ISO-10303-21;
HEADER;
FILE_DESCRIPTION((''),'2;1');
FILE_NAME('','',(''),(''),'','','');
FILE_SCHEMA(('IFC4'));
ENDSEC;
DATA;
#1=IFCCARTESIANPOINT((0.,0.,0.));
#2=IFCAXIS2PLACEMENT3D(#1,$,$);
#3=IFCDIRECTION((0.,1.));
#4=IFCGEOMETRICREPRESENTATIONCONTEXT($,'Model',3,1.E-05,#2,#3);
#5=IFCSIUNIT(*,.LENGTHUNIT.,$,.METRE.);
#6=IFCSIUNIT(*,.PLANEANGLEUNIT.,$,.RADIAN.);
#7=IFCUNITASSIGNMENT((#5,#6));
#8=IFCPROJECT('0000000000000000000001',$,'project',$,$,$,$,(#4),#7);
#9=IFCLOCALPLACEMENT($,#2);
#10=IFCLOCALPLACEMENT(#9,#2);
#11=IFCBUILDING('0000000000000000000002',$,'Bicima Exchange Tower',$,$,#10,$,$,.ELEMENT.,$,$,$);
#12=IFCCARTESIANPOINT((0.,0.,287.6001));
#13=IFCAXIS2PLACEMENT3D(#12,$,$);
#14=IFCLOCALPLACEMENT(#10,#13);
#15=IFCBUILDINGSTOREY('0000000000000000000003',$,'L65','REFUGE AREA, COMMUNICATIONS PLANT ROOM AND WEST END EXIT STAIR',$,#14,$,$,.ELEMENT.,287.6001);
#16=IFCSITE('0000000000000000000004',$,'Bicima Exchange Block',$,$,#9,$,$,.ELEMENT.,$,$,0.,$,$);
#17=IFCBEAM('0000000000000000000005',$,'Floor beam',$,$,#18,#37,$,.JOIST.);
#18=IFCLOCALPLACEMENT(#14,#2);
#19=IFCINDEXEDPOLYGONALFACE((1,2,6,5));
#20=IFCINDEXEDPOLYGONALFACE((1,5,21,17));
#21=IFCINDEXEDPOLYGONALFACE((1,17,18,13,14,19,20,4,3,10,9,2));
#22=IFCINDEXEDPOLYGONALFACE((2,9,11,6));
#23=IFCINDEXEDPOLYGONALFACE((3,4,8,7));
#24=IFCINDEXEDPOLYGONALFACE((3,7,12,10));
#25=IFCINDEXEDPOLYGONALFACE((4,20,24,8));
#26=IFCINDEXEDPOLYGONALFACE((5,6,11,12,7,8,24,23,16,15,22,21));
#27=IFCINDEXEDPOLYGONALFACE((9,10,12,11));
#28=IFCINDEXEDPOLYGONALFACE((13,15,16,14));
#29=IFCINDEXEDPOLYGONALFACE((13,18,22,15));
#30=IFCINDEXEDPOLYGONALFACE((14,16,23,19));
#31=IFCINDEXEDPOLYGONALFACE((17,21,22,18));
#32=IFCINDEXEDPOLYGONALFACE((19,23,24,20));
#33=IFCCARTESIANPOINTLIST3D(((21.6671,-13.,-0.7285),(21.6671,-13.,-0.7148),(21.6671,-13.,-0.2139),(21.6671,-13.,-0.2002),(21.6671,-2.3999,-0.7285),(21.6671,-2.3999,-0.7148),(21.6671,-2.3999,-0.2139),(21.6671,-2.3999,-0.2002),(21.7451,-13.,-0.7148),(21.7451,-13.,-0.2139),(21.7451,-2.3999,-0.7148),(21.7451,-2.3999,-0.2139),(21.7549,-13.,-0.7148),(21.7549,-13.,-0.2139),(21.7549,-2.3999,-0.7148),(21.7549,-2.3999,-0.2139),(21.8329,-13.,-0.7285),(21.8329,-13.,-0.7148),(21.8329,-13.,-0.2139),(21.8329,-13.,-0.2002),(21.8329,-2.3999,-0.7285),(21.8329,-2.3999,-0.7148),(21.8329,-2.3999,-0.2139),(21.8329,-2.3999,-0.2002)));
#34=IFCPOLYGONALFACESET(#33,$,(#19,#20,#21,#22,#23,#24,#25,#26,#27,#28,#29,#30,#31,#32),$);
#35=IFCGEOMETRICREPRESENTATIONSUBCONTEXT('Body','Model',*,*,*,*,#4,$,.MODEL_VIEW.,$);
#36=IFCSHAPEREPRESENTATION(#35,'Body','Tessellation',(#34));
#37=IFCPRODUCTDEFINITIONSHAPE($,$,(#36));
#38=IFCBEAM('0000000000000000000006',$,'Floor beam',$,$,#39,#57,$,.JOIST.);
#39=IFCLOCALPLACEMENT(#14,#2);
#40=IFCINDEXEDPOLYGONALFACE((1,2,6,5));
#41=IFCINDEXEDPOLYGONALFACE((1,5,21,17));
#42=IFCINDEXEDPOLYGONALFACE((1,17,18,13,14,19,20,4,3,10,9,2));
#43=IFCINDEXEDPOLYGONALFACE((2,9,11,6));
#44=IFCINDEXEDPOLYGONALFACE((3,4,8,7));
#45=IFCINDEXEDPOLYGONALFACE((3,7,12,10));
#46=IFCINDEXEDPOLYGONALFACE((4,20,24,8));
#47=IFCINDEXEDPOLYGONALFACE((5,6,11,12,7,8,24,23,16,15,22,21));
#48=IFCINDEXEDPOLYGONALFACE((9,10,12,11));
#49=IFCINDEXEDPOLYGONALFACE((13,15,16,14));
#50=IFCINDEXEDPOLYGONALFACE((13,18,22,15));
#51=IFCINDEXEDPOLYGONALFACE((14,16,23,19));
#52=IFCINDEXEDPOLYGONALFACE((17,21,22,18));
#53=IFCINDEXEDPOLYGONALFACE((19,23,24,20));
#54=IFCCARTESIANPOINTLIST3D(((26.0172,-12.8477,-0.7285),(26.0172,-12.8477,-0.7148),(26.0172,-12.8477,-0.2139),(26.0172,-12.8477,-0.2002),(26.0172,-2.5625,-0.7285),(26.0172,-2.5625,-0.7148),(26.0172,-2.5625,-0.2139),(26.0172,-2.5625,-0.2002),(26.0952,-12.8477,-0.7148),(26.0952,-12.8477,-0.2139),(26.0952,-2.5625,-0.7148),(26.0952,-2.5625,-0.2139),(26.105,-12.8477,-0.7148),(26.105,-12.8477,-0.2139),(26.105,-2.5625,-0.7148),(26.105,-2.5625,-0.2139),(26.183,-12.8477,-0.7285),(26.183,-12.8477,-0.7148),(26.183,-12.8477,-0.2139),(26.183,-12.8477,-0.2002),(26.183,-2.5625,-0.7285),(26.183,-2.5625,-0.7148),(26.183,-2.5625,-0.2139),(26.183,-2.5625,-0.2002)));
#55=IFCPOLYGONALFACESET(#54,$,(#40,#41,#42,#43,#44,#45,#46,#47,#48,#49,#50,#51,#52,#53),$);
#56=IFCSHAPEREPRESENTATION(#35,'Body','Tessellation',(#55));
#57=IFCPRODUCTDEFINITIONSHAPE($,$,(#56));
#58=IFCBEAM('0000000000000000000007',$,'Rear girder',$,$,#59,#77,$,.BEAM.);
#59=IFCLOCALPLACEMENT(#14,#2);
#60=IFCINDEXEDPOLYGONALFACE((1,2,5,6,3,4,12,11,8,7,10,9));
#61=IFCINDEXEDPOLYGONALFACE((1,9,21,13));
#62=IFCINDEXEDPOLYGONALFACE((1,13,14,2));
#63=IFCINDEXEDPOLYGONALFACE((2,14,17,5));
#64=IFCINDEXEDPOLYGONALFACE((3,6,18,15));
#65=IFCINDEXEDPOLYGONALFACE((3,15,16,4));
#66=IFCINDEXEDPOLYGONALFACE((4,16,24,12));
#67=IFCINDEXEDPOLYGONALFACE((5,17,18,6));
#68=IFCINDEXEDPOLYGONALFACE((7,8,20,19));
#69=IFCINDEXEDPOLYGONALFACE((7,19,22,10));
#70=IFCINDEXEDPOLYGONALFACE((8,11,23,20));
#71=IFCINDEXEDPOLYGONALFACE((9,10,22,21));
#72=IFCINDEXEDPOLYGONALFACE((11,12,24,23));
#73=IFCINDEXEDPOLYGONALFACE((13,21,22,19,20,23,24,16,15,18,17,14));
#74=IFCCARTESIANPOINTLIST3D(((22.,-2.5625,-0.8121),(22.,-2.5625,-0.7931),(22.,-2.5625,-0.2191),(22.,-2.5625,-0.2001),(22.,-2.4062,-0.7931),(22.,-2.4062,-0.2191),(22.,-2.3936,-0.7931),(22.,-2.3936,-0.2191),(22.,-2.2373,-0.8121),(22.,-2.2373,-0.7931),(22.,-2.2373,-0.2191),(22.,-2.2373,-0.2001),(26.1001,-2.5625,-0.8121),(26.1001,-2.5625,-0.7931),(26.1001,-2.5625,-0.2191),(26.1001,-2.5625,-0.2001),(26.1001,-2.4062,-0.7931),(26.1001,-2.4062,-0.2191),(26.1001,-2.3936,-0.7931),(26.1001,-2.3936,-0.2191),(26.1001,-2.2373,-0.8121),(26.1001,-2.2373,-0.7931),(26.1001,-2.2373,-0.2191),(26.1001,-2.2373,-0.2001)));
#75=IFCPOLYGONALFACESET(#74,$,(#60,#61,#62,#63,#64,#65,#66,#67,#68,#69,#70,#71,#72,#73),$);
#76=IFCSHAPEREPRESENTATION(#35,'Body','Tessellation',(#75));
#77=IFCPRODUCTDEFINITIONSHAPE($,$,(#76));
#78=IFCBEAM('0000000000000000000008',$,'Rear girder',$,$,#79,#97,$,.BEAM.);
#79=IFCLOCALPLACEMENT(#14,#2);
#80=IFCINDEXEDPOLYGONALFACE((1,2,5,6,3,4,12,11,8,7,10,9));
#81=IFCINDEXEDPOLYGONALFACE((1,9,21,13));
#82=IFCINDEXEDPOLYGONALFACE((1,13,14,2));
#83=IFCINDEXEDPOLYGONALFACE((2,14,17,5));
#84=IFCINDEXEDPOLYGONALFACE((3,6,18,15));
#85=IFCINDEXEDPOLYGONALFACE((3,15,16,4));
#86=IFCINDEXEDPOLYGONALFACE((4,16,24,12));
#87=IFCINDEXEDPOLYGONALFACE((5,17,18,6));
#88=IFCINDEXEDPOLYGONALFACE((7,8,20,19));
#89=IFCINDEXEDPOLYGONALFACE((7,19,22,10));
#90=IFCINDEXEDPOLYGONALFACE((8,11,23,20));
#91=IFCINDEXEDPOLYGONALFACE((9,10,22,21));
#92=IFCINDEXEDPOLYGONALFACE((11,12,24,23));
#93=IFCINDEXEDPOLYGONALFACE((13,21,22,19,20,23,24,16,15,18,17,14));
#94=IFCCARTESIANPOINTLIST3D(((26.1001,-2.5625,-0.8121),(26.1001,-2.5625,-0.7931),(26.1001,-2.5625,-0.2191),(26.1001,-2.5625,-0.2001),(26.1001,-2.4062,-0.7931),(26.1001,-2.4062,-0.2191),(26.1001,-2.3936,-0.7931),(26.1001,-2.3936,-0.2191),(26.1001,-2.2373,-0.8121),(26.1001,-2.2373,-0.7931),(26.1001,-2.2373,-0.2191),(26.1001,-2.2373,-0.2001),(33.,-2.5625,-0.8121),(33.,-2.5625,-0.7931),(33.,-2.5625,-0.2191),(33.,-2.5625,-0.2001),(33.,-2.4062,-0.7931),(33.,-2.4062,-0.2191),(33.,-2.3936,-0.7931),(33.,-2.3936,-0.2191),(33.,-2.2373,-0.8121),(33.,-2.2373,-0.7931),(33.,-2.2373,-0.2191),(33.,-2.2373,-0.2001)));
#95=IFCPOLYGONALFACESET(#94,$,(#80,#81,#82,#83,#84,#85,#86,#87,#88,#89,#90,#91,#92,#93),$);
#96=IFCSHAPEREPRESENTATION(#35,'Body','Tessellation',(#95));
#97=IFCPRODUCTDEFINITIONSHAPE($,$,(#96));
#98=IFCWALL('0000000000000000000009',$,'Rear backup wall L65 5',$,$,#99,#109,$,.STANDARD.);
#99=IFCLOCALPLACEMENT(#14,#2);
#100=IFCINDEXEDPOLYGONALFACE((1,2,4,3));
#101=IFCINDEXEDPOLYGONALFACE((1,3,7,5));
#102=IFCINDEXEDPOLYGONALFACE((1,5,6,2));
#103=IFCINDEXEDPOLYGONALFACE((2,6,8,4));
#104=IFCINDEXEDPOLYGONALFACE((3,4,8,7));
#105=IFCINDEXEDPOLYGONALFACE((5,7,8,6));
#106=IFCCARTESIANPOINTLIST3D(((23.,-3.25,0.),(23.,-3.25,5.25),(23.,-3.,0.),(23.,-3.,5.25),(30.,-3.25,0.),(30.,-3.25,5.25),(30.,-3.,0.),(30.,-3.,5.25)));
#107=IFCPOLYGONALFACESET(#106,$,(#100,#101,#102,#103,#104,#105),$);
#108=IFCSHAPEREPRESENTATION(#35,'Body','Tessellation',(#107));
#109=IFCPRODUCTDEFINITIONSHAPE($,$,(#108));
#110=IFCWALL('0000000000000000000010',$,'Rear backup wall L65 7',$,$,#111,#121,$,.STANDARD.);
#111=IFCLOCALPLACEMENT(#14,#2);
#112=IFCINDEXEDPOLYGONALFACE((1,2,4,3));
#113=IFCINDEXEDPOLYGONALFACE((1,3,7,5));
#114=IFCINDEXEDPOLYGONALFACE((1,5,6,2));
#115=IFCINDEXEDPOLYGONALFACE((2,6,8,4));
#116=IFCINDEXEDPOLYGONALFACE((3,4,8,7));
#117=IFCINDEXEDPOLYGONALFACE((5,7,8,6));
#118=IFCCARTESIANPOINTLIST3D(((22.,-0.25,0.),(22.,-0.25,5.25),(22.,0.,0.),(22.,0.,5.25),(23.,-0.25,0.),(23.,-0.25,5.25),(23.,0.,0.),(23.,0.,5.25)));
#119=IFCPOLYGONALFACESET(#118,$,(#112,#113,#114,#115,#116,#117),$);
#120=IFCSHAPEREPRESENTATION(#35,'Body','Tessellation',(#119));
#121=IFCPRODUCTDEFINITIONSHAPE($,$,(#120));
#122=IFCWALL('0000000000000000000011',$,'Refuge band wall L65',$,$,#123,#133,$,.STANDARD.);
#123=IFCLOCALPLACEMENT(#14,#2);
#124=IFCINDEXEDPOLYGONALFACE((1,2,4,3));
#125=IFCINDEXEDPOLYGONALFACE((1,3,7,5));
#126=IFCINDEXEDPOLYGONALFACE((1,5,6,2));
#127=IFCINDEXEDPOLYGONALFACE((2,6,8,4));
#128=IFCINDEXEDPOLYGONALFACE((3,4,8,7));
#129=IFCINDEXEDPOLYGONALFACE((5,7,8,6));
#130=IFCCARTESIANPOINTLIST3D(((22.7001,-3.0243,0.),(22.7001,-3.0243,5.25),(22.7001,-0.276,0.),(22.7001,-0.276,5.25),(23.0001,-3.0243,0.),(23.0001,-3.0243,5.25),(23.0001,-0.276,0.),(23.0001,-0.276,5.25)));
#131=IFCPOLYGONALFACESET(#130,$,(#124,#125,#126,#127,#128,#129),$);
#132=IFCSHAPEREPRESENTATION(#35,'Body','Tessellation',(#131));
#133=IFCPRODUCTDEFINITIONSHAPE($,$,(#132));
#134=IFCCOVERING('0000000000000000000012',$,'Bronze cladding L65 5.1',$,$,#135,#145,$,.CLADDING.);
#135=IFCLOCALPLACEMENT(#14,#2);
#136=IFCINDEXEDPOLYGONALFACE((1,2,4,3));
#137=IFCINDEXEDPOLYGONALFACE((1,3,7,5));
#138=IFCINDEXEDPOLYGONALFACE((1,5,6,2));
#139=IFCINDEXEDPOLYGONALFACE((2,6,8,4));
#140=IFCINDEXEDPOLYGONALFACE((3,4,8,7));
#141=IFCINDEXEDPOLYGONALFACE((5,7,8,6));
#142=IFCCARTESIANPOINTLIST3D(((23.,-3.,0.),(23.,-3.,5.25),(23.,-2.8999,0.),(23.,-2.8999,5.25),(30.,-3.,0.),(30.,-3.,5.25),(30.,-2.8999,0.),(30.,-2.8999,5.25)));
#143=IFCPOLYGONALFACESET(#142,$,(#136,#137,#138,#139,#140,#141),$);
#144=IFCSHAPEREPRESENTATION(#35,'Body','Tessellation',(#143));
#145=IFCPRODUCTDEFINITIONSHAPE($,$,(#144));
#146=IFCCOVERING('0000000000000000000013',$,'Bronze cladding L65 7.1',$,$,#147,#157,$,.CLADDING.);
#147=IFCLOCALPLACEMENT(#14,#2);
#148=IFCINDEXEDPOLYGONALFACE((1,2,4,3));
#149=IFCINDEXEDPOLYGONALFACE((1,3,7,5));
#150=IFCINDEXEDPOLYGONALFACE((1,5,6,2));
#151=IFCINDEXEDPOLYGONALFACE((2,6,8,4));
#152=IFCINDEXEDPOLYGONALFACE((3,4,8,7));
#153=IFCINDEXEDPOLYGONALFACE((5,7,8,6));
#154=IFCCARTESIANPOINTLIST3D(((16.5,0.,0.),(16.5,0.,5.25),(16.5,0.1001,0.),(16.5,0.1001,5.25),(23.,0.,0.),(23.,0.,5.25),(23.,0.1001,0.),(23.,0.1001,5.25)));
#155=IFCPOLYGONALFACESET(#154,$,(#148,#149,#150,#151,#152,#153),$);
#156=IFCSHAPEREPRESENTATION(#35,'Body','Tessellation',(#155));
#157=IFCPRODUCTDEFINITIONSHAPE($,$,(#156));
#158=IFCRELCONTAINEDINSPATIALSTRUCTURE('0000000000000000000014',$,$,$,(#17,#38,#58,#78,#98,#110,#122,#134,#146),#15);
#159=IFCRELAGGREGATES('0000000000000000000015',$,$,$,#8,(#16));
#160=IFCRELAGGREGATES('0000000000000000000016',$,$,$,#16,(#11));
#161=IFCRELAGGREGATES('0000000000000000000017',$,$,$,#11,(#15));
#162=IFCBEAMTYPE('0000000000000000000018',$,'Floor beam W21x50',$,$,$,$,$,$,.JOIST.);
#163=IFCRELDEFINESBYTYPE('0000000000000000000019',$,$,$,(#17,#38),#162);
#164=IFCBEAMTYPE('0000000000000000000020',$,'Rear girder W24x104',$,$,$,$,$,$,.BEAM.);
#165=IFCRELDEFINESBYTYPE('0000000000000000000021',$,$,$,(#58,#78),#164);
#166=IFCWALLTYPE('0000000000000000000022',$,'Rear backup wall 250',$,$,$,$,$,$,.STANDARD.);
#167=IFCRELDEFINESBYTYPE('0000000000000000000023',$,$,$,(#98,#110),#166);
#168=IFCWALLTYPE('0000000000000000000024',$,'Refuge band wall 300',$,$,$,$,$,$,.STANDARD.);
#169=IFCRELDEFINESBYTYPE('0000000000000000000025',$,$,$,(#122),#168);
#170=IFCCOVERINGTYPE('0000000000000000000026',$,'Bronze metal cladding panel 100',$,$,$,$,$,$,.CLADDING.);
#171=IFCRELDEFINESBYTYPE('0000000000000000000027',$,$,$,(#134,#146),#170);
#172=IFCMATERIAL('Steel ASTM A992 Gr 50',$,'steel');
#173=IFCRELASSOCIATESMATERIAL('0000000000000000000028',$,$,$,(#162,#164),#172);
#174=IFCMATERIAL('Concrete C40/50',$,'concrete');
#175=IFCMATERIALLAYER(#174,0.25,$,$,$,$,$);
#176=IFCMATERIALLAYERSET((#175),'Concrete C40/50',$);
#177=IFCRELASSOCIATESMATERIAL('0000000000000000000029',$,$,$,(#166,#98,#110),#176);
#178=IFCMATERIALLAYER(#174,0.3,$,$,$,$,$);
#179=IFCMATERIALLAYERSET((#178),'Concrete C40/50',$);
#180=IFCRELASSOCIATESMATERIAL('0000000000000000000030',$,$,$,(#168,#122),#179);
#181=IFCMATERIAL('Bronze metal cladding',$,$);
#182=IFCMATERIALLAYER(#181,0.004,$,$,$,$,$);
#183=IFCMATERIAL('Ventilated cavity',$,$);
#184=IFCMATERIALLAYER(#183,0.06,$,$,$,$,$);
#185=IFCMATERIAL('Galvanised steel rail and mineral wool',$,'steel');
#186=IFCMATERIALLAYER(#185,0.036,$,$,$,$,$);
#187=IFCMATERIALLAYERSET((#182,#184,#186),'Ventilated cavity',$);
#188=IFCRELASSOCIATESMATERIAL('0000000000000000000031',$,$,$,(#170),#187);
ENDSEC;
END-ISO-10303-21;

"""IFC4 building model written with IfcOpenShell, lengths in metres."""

from ifc_helpers import new_model, si_unit, direction, frame, frame_2d, origin, origin_2d, place, context, subcontext, project, spatial, rectangle, i_section, extrude, material, layer, layer_set, layer_usage, material_profile, profile_set, type_object, element, save


model = new_model("IFC4")

# Units and contexts
model_context = context("Model", 3, precision=1e-05, world=origin(), true_north=direction((0.0, 1.0)))
body_context = subcontext(model_context, "Body", "Model", "MODEL_VIEW")
ifc_project = project(units=[si_unit("LENGTHUNIT", "METRE"), si_unit("PLANEANGLEUNIT", "RADIAN")], contexts=[model_context])

# Site, building, storey
site_placement = place(None, origin())
site = spatial("IfcSite", under=ifc_project, at=site_placement, Name="Bicima Exchange Block", CompositionType="ELEMENT", RefElevation=0.0)
building_placement = place(site_placement, origin())
building = spatial("IfcBuilding", under=site, at=building_placement, Name="Bicima Exchange Tower", CompositionType="ELEMENT")
storey_placement = place(building_placement, frame((0.0, 0.0, 287.6001)))
storey = spatial("IfcBuildingStorey", under=building, at=storey_placement, Name="L65", Description="REFUGE AREA, COMMUNICATIONS PLANT ROOM AND WEST END EXIT STAIR", CompositionType="ELEMENT", Elevation=287.6001)

# Shared definitions
ifc_material_1 = material(Name="Steel ASTM A992 Gr 50", Category="steel")

# Beams
ifc_material_profile_1 = material_profile(ifc_material_1, i_section(OverallWidth=0.1658, OverallDepth=0.5283, WebThickness=0.0098, FlangeThickness=0.0137, at=origin_2d()))
ifc_profile_set_1 = profile_set([ifc_material_profile_1], Name="Steel ASTM A992 Gr 50")
beam_type_1 = type_object("IfcBeamType", Name="Floor beam W21x50", PredefinedType="JOIST", material=ifc_profile_set_1)
beam_1_placement = place(storey_placement, frame((21.75, -2.3999, -0.4644), z_axis=(0.0, -1.0, 0.0), x_axis=(1.0, 0.0, 0.0)))
element("IfcBeam", 1, at=beam_1_placement, inside=storey, type_object=beam_type_1, Name="Floor beam", PredefinedType="JOIST", context=body_context, shape_type="SweptSolid", body=[
    extrude(i_section(OverallWidth=0.1658, OverallDepth=0.5283, WebThickness=0.0098, FlangeThickness=0.0137, at=origin_2d()), origin(), (0.0, 0.0, 1.0), 10.6001),
])
beam_2_placement = place(storey_placement, frame((26.1001, -2.5625, -0.4644), z_axis=(0.0, -1.0, 0.0), x_axis=(1.0, 0.0, 0.0)))
element("IfcBeam", 2, at=beam_2_placement, inside=storey, type_object=beam_type_1, Name="Floor beam", PredefinedType="JOIST", context=body_context, shape_type="SweptSolid", body=[
    extrude(i_section(OverallWidth=0.1658, OverallDepth=0.5283, WebThickness=0.0098, FlangeThickness=0.0137, at=origin_2d()), origin(), (0.0, 0.0, 1.0), 10.2852),
])
ifc_material_profile_2 = material_profile(ifc_material_1, i_section(OverallWidth=0.3252, OverallDepth=0.6121, WebThickness=0.0127, FlangeThickness=0.019, at=origin_2d()))
ifc_profile_set_2 = profile_set([ifc_material_profile_2], Name="Steel ASTM A992 Gr 50")
beam_type_2 = type_object("IfcBeamType", Name="Rear girder W24x104", PredefinedType="BEAM", material=ifc_profile_set_2)
beam_3_placement = place(storey_placement, frame((22.0, -2.3999, -0.5061), z_axis=(1.0, 0.0, 0.0), x_axis=(0.0, 1.0, 0.0)))
element("IfcBeam", 3, at=beam_3_placement, inside=storey, type_object=beam_type_2, Name="Rear girder", PredefinedType="BEAM", context=body_context, shape_type="SweptSolid", body=[
    extrude(i_section(OverallWidth=0.3252, OverallDepth=0.6121, WebThickness=0.0127, FlangeThickness=0.019, at=origin_2d()), origin(), (0.0, 0.0, 1.0), 4.1001),
])
beam_4_placement = place(storey_placement, frame((26.1001, -2.3999, -0.5061), z_axis=(1.0, 0.0, 0.0), x_axis=(0.0, 1.0, 0.0)))
element("IfcBeam", 4, at=beam_4_placement, inside=storey, type_object=beam_type_2, Name="Rear girder", PredefinedType="BEAM", context=body_context, shape_type="SweptSolid", body=[
    extrude(i_section(OverallWidth=0.3252, OverallDepth=0.6121, WebThickness=0.0127, FlangeThickness=0.019, at=origin_2d()), origin(), (0.0, 0.0, 1.0), 6.8999),
])

# Walls
ifc_material_2 = material(Name="Concrete C40/50", Category="concrete")
ifc_layer_1 = layer(ifc_material_2, 0.25)
ifc_layer_set_1 = layer_set([ifc_layer_1], Name="Concrete C40/50")
ifc_layer_usage_1 = layer_usage(ifc_layer_set_1, "AXIS2", "POSITIVE", -0.125)
wall_type_1 = type_object("IfcWallType", Name="Rear backup wall 250", PredefinedType="STANDARD", material=ifc_layer_set_1)
wall_1_placement = place(storey_placement, frame((30.0, -3.125, 0.0), z_axis=(0.0, 0.0, 1.0), x_axis=(-1.0, 0.0, 0.0)))
element("IfcWall", 5, at=wall_1_placement, inside=storey, type_object=wall_type_1, material=ifc_layer_usage_1, Name="Rear backup wall L65 5", PredefinedType="STANDARD", context=body_context, shape_type="SweptSolid", body=[
    extrude(rectangle(XDim=7.0, YDim=0.25, at=frame_2d((3.5, 0.0))), origin(), (0.0, 0.0, 1.0), 5.25),
])
wall_2_placement = place(storey_placement, frame((23.0, -0.125, 0.0), z_axis=(0.0, 0.0, 1.0), x_axis=(-1.0, 0.0, 0.0)))
element("IfcWall", 6, at=wall_2_placement, inside=storey, type_object=wall_type_1, material=ifc_layer_usage_1, Name="Rear backup wall L65 7", PredefinedType="STANDARD", context=body_context, shape_type="SweptSolid", body=[
    extrude(rectangle(XDim=1.0, YDim=0.25, at=frame_2d((0.5, 0.0))), origin(), (0.0, 0.0, 1.0), 5.25),
])
ifc_layer_2 = layer(ifc_material_2, 0.3)
ifc_layer_set_2 = layer_set([ifc_layer_2], Name="Concrete C40/50")
ifc_layer_usage_2 = layer_usage(ifc_layer_set_2, "AXIS2", "POSITIVE", -0.15)
wall_type_2 = type_object("IfcWallType", Name="Refuge band wall 300", PredefinedType="STANDARD", material=ifc_layer_set_2)
wall_3_placement = place(storey_placement, frame((22.8501, -3.0242, 0.0), z_axis=(0.0, 0.0, 1.0), x_axis=(0.0, 1.0, 0.0)))
element("IfcWall", 7, at=wall_3_placement, inside=storey, type_object=wall_type_2, material=ifc_layer_usage_2, Name="Refuge band wall L65", PredefinedType="STANDARD", context=body_context, shape_type="SweptSolid", body=[
    extrude(rectangle(XDim=2.7483, YDim=0.3, at=frame_2d((1.374, 0.0))), origin(), (0.0, 0.0, 1.0), 5.25),
])

# Coverings
ifc_material_3 = material(Name="Bronze metal cladding")
ifc_layer_3 = layer(ifc_material_3, 0.004)
ifc_material_4 = material(Name="Ventilated cavity")
ifc_layer_4 = layer(ifc_material_4, 0.06)
ifc_material_5 = material(Name="Galvanised steel rail and mineral wool", Category="steel")
ifc_layer_5 = layer(ifc_material_5, 0.036)
ifc_layer_set_3 = layer_set([ifc_layer_3, ifc_layer_4, ifc_layer_5], Name="Ventilated cavity")
covering_type = type_object("IfcCoveringType", Name="Bronze metal cladding panel 100", PredefinedType="CLADDING", material=ifc_layer_set_3)
covering_1_placement = place(storey_placement, frame((26.5, -2.95, 0.0), z_axis=(0.0, 0.0, 1.0), x_axis=(-1.0, 0.0, 0.0)))
element("IfcCovering", 8, at=covering_1_placement, inside=storey, type_object=covering_type, Name="Bronze cladding L65 5.1", PredefinedType="CLADDING", context=body_context, shape_type="SweptSolid", body=[
    extrude(rectangle(XDim=7.0, YDim=0.1001, at=origin_2d()), origin(), (0.0, 0.0, 1.0), 5.25),
])
covering_2_placement = place(storey_placement, frame((19.75, 0.05, 0.0), z_axis=(0.0, 0.0, 1.0), x_axis=(-1.0, 0.0, 0.0)))
element("IfcCovering", 9, at=covering_2_placement, inside=storey, type_object=covering_type, Name="Bronze cladding L65 7.1", PredefinedType="CLADDING", context=body_context, shape_type="SweptSolid", body=[
    extrude(rectangle(XDim=6.5, YDim=0.1001, at=origin_2d()), origin(), (0.0, 0.0, 1.0), 5.25),
])

save(model, "model.ifc")
